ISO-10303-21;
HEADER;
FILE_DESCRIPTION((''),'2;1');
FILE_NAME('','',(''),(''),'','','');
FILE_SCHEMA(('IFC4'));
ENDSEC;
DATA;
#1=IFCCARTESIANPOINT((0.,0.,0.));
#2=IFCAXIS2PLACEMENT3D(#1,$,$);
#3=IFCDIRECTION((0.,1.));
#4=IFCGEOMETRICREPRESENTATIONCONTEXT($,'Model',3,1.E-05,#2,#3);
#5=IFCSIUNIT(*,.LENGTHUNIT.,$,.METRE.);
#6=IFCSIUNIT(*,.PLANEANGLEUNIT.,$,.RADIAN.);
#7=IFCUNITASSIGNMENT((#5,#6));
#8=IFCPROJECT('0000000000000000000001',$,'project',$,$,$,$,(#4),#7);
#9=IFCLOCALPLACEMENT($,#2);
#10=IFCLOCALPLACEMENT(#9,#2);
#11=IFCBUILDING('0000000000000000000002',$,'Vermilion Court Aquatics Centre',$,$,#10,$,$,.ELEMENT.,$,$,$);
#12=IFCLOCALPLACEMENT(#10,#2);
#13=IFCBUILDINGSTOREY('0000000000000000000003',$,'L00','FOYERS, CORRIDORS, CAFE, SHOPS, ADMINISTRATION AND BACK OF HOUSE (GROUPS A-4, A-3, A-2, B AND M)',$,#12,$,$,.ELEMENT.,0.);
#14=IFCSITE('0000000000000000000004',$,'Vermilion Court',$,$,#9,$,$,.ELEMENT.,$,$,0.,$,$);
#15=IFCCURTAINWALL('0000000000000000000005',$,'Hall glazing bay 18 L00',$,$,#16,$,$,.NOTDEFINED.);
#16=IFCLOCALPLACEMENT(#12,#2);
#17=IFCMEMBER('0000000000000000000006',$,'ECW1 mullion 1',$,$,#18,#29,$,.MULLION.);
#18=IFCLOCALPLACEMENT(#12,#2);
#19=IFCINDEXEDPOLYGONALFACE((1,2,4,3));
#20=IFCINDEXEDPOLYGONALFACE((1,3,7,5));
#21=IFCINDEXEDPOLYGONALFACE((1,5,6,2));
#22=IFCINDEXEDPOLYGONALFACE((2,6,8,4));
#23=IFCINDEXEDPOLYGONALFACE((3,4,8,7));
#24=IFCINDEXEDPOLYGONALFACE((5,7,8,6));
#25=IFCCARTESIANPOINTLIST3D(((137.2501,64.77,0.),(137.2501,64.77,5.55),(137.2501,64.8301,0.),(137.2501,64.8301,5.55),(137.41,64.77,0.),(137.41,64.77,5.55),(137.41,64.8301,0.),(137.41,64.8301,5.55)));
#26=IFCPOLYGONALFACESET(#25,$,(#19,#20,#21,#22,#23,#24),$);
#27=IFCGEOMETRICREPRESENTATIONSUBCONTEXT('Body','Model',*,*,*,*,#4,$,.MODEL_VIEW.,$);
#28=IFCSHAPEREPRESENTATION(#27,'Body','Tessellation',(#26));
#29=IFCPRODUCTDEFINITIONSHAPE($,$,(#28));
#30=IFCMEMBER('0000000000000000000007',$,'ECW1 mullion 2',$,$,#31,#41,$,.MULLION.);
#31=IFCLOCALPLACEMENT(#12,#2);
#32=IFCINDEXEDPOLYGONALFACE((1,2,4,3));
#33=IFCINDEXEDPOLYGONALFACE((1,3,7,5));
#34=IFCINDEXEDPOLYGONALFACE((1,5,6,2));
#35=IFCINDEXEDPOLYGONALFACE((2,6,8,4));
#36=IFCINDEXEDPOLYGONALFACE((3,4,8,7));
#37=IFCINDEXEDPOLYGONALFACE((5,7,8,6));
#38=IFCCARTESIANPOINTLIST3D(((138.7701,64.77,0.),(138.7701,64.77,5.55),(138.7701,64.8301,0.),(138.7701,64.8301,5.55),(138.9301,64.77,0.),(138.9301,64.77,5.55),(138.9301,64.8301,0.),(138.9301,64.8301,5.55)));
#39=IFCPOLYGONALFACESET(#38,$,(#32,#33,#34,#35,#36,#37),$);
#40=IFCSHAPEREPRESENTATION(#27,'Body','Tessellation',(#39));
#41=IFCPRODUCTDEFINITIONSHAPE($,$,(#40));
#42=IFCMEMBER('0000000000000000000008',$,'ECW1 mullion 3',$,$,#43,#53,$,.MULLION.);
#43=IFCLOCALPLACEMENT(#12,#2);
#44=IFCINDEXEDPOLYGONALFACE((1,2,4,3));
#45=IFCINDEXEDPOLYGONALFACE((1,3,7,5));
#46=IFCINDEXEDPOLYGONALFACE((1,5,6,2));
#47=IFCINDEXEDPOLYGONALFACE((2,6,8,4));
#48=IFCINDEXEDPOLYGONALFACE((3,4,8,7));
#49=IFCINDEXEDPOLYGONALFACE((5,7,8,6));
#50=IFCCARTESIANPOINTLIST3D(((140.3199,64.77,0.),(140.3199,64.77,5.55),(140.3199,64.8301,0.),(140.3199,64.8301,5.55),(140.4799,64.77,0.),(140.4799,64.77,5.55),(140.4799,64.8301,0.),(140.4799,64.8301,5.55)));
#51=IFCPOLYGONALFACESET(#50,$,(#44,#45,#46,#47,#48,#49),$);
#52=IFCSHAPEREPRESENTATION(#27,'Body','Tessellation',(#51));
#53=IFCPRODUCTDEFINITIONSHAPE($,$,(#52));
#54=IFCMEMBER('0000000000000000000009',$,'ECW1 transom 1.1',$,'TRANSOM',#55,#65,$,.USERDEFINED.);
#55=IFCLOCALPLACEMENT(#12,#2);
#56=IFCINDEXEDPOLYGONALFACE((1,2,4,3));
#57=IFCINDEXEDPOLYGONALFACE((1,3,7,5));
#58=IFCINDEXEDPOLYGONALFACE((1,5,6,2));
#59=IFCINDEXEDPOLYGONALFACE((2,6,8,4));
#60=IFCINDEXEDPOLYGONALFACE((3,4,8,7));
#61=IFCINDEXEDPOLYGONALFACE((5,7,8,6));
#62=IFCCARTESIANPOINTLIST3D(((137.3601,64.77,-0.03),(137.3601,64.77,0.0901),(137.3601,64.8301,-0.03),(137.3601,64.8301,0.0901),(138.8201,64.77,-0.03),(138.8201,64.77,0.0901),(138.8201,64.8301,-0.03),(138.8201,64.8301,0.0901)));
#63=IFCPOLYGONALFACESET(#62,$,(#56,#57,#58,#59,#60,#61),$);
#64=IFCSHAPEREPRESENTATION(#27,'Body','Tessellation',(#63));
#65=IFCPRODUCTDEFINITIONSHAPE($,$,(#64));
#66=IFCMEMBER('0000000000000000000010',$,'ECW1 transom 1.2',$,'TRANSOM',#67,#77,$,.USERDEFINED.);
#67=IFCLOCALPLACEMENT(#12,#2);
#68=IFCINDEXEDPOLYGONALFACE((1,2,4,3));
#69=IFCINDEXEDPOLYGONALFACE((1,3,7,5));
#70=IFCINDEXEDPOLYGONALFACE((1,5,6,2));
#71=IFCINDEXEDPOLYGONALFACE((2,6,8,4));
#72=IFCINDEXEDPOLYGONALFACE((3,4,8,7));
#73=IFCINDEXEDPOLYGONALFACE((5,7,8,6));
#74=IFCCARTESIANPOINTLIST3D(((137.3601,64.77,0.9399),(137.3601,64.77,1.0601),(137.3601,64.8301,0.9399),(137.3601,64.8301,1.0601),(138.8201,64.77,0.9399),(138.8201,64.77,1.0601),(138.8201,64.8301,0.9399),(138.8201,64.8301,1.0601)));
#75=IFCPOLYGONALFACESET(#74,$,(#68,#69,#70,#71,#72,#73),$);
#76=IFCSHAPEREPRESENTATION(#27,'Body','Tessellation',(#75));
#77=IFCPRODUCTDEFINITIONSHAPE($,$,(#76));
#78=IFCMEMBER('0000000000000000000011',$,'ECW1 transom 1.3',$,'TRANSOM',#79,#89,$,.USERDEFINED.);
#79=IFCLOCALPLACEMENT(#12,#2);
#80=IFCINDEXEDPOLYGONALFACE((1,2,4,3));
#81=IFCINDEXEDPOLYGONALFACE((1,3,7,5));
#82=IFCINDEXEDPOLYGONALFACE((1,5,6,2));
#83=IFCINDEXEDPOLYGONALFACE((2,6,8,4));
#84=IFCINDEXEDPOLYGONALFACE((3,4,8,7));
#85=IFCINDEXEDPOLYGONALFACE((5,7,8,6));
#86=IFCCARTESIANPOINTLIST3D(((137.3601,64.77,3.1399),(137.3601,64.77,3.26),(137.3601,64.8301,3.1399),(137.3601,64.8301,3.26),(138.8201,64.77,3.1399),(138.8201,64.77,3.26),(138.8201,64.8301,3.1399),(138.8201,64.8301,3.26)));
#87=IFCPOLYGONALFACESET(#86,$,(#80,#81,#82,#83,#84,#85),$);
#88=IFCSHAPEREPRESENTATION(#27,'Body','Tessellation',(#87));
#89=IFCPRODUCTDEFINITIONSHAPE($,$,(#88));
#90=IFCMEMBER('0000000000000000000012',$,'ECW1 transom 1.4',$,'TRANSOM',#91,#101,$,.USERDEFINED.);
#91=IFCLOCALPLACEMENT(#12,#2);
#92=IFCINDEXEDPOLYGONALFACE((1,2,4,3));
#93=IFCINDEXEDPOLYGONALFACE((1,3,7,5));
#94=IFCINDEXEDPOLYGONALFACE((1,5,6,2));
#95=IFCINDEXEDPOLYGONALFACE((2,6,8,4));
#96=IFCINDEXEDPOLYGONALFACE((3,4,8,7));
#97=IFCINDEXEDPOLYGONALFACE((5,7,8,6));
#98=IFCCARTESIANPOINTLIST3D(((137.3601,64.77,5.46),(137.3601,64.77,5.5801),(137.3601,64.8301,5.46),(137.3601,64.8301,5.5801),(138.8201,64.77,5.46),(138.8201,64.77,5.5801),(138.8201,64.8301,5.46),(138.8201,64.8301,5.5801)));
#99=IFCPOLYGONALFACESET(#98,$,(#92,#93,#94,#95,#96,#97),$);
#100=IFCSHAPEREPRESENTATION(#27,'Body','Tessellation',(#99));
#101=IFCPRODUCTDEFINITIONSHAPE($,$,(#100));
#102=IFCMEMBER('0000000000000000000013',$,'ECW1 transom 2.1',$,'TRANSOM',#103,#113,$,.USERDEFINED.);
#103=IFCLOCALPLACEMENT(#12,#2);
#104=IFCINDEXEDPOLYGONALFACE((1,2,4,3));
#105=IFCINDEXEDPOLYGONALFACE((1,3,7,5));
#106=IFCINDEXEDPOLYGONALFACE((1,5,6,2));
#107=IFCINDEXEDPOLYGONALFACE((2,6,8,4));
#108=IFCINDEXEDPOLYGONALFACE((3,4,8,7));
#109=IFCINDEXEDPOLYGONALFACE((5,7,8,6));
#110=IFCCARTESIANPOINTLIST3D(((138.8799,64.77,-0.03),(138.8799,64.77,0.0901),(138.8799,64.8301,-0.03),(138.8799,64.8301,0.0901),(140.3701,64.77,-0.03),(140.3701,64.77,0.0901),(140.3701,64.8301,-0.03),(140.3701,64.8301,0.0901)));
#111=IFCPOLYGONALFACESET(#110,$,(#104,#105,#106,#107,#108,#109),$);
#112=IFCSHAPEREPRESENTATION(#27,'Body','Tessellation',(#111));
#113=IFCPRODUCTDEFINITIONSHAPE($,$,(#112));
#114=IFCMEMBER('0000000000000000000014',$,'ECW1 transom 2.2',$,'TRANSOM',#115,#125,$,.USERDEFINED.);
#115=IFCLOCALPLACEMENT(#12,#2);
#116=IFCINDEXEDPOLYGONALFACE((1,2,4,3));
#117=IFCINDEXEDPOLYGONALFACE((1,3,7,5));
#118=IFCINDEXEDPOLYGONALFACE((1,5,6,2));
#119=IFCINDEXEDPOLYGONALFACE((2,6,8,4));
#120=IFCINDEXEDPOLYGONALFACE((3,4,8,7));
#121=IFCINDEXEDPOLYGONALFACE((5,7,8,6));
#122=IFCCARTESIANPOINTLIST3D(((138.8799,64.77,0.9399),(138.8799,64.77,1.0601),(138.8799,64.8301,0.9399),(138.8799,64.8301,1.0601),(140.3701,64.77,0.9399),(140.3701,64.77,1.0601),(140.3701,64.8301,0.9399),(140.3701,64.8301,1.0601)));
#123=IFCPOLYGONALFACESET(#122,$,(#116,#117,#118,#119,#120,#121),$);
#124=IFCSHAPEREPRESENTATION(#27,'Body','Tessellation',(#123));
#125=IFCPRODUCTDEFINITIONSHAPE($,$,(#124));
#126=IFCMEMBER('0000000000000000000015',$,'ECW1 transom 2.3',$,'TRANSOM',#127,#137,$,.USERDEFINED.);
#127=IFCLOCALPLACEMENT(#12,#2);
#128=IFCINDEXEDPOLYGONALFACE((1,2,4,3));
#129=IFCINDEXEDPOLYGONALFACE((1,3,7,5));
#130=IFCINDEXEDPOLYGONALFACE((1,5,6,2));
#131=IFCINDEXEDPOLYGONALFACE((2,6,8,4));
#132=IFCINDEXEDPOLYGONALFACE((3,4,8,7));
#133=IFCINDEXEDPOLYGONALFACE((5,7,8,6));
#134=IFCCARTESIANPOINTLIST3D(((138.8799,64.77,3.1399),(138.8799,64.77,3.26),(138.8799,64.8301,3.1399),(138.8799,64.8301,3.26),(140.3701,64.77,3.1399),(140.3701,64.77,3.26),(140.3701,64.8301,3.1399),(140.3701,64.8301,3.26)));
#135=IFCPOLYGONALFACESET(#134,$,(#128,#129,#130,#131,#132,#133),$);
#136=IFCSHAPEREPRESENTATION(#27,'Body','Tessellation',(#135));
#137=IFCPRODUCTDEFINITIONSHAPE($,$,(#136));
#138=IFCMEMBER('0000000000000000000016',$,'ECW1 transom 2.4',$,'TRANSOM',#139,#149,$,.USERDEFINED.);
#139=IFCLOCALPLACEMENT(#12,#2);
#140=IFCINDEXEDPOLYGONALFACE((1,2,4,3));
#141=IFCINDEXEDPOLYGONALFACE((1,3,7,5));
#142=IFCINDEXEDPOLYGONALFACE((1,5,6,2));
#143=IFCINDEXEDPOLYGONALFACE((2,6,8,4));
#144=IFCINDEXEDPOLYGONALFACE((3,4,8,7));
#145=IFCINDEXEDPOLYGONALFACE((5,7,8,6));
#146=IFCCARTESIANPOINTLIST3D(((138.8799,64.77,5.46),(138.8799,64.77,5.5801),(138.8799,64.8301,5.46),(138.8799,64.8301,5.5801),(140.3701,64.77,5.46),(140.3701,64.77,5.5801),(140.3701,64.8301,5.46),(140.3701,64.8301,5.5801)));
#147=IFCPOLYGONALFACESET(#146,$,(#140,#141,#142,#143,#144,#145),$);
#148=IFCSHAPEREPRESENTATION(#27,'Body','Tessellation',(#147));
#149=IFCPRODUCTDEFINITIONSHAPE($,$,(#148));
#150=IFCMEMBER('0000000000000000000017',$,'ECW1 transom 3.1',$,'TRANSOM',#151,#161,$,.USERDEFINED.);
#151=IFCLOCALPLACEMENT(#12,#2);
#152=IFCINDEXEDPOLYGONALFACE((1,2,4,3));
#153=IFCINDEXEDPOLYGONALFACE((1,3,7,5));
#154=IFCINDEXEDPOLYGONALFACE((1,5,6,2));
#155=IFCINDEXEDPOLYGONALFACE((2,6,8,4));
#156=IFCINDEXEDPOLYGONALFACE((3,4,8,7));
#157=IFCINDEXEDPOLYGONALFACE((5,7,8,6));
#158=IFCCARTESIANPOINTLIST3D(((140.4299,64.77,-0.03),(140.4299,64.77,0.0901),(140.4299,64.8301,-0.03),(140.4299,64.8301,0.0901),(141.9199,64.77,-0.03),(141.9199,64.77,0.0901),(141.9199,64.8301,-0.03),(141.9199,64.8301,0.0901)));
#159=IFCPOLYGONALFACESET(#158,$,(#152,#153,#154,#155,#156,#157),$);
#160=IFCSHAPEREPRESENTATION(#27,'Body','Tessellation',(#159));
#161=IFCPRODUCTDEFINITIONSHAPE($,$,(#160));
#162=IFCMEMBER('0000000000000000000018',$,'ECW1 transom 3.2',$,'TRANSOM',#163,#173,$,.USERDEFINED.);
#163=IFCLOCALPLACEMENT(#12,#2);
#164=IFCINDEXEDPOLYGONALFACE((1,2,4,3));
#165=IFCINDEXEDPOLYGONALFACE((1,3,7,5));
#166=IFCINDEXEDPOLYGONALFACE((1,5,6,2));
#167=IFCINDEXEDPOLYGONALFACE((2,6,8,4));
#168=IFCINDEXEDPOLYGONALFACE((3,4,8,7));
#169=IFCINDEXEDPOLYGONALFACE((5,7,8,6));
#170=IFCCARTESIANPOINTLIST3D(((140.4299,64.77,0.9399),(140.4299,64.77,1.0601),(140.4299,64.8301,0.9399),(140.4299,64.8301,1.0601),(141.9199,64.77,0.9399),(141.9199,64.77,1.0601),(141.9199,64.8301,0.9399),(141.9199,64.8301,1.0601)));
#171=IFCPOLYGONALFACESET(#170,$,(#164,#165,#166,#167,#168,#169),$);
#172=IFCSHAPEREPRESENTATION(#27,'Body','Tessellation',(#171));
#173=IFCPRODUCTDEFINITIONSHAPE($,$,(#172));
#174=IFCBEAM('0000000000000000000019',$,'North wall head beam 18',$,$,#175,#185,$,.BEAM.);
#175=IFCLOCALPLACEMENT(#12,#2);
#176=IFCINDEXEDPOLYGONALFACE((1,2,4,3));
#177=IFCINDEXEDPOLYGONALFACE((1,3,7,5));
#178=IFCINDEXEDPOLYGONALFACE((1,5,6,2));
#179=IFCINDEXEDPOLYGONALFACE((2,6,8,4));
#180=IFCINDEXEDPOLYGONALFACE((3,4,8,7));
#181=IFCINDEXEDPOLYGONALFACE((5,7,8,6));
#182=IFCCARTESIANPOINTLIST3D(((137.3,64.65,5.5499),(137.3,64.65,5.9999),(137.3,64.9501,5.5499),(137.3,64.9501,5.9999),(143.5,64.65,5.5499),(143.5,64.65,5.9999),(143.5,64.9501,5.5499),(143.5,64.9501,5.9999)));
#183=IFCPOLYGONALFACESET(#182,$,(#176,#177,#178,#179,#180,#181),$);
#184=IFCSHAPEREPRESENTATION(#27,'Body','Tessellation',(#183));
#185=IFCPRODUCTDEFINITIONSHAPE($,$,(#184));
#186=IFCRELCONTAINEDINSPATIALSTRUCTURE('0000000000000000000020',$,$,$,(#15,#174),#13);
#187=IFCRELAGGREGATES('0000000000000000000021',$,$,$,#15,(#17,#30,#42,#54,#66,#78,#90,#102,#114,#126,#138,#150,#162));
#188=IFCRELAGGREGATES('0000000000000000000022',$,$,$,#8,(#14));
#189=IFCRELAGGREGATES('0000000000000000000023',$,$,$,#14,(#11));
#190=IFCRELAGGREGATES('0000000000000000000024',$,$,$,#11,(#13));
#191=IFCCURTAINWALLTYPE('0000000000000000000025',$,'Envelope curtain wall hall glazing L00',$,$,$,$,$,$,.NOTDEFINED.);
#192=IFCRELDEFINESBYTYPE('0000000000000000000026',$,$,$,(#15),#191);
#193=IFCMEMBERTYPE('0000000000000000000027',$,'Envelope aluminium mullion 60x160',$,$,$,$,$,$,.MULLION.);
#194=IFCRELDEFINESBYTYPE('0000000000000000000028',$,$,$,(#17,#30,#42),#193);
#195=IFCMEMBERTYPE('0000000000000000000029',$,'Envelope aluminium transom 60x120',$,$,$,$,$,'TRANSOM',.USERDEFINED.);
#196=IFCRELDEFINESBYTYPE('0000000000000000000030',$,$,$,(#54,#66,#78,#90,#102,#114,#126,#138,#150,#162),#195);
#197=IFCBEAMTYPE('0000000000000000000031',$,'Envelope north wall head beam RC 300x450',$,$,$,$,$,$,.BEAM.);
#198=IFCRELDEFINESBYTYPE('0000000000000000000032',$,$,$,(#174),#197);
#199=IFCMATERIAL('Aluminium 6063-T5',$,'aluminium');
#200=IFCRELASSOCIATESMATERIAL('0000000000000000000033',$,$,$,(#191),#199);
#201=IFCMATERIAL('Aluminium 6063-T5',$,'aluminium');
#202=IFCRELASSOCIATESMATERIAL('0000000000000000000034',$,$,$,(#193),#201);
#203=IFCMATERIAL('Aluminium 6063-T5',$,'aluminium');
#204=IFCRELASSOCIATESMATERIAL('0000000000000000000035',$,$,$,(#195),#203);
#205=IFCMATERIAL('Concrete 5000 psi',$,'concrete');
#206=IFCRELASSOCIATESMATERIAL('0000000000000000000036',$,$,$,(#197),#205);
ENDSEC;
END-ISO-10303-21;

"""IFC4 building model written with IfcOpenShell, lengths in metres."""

from ifc_helpers import new_model, si_unit, direction, frame, origin, origin_2d, place, context, subcontext, project, spatial, rectangle, extrude, material, material_profile, profile_set, type_object, element, aggregate, save


model = new_model("IFC4")

# Units and contexts
model_context = context("Model", 3, precision=1e-05, world=origin(), true_north=direction((0.0, 1.0)))
body_context = subcontext(model_context, "Body", "Model", "MODEL_VIEW")
ifc_project = project(units=[si_unit("LENGTHUNIT", "METRE"), si_unit("PLANEANGLEUNIT", "RADIAN")], contexts=[model_context])

# Site, building, storey
site_placement = place(None, origin())
site = spatial("IfcSite", under=ifc_project, at=site_placement, Name="Vermilion Court", CompositionType="ELEMENT", RefElevation=0.0)
building_placement = place(site_placement, origin())
building = spatial("IfcBuilding", under=site, at=building_placement, Name="Vermilion Court Aquatics Centre", CompositionType="ELEMENT")
storey_placement = place(building_placement, origin())
storey = spatial("IfcBuildingStorey", under=building, at=storey_placement, Name="L00", Description="FOYERS, CORRIDORS, CAFE, SHOPS, ADMINISTRATION AND BACK OF HOUSE (GROUPS A-4, A-3, A-2, B AND M)", CompositionType="ELEMENT", Elevation=0.0)

# Curtain wall, members
ifc_material_1 = material(Name="Aluminium 6063-T5", Category="aluminium")
curtain_wall_type = type_object("IfcCurtainWallType", Name="Envelope curtain wall hall glazing L00", PredefinedType="NOTDEFINED", material=ifc_material_1)
curtain_wall_placement = place(storey_placement, origin())
curtain_wall = element("IfcCurtainWall", 1, at=curtain_wall_placement, inside=storey, type_object=curtain_wall_type, Name="Hall glazing bay 18 L00", PredefinedType="NOTDEFINED")
ifc_material_2 = material(Name="Aluminium 6063-T5", Category="aluminium")
ifc_material_profile_1 = material_profile(ifc_material_2, rectangle(XDim=0.0601, YDim=0.1599, at=origin_2d()), Name="AL 60x160")
ifc_profile_set_1 = profile_set([ifc_material_profile_1], Name="Aluminium 6063-T5")
member_type_1 = type_object("IfcMemberType", Name="Envelope aluminium mullion 60x160", PredefinedType="MULLION", material=ifc_profile_set_1)
member_1_placement = place(storey_placement, frame((137.3301, 64.8, 0.0), z_axis=(0.0, 0.0, 1.0), x_axis=(0.0, 1.0, 0.0)))
member_1 = element("IfcMember", 2, at=member_1_placement, type_object=member_type_1, Name="ECW1 mullion 1", PredefinedType="MULLION", context=body_context, shape_type="SweptSolid", body=[
    extrude(rectangle(XDim=0.0601, YDim=0.1599, at=origin_2d()), origin(), (0.0, 0.0, 1.0), 5.55),
])
member_2_placement = place(storey_placement, frame((138.8501, 64.8, 0.0), z_axis=(0.0, 0.0, 1.0), x_axis=(0.0, 1.0, 0.0)))
member_2 = element("IfcMember", 3, at=member_2_placement, type_object=member_type_1, Name="ECW1 mullion 2", PredefinedType="MULLION", context=body_context, shape_type="SweptSolid", body=[
    extrude(rectangle(XDim=0.0601, YDim=0.1599, at=origin_2d()), origin(), (0.0, 0.0, 1.0), 5.55),
])
member_3_placement = place(storey_placement, frame((140.3999, 64.8, 0.0), z_axis=(0.0, 0.0, 1.0), x_axis=(0.0, 1.0, 0.0)))
member_3 = element("IfcMember", 4, at=member_3_placement, type_object=member_type_1, Name="ECW1 mullion 3", PredefinedType="MULLION", context=body_context, shape_type="SweptSolid", body=[
    extrude(rectangle(XDim=0.0601, YDim=0.1599, at=origin_2d()), origin(), (0.0, 0.0, 1.0), 5.55),
])
ifc_material_3 = material(Name="Aluminium 6063-T5", Category="aluminium")
ifc_material_profile_2 = material_profile(ifc_material_3, rectangle(XDim=0.0601, YDim=0.1201, at=origin_2d()), Name="AL 60x120")
ifc_profile_set_2 = profile_set([ifc_material_profile_2], Name="Aluminium 6063-T5")
member_type_2 = type_object("IfcMemberType", Name="Envelope aluminium transom 60x120", ElementType="TRANSOM", PredefinedType="USERDEFINED", material=ifc_profile_set_2)
member_4_placement = place(storey_placement, frame((137.3601, 64.8, 0.03), z_axis=(1.0, 0.0, 0.0), x_axis=(0.0, 1.0, 0.0)))
member_4 = element("IfcMember", 5, at=member_4_placement, type_object=member_type_2, Name="ECW1 transom 1.1", ObjectType="TRANSOM", PredefinedType="USERDEFINED", context=body_context, shape_type="SweptSolid", body=[
    extrude(rectangle(XDim=0.0601, YDim=0.1201, at=origin_2d()), origin(), (0.0, 0.0, 1.0), 1.46),
])
member_5_placement = place(storey_placement, frame((137.3601, 64.8, 1.0), z_axis=(1.0, 0.0, 0.0), x_axis=(0.0, 1.0, 0.0)))
member_5 = element("IfcMember", 6, at=member_5_placement, type_object=member_type_2, Name="ECW1 transom 1.2", ObjectType="TRANSOM", PredefinedType="USERDEFINED", context=body_context, shape_type="SweptSolid", body=[
    extrude(rectangle(XDim=0.0601, YDim=0.1201, at=origin_2d()), origin(), (0.0, 0.0, 1.0), 1.46),
])
member_6_placement = place(storey_placement, frame((137.3601, 64.8, 3.2), z_axis=(1.0, 0.0, 0.0), x_axis=(0.0, 1.0, 0.0)))
member_6 = element("IfcMember", 7, at=member_6_placement, type_object=member_type_2, Name="ECW1 transom 1.3", ObjectType="TRANSOM", PredefinedType="USERDEFINED", context=body_context, shape_type="SweptSolid", body=[
    extrude(rectangle(XDim=0.0601, YDim=0.1201, at=origin_2d()), origin(), (0.0, 0.0, 1.0), 1.46),
])
member_7_placement = place(storey_placement, frame((137.3601, 64.8, 5.52), z_axis=(1.0, 0.0, 0.0), x_axis=(0.0, 1.0, 0.0)))
member_7 = element("IfcMember", 8, at=member_7_placement, type_object=member_type_2, Name="ECW1 transom 1.4", ObjectType="TRANSOM", PredefinedType="USERDEFINED", context=body_context, shape_type="SweptSolid", body=[
    extrude(rectangle(XDim=0.0601, YDim=0.1201, at=origin_2d()), origin(), (0.0, 0.0, 1.0), 1.46),
])
member_8_placement = place(storey_placement, frame((138.8799, 64.8, 0.03), z_axis=(1.0, 0.0, 0.0), x_axis=(0.0, 1.0, 0.0)))
member_8 = element("IfcMember", 9, at=member_8_placement, type_object=member_type_2, Name="ECW1 transom 2.1", ObjectType="TRANSOM", PredefinedType="USERDEFINED", context=body_context, shape_type="SweptSolid", body=[
    extrude(rectangle(XDim=0.0601, YDim=0.1201, at=origin_2d()), origin(), (0.0, 0.0, 1.0), 1.4902),
])
member_9_placement = place(storey_placement, frame((138.8799, 64.8, 1.0), z_axis=(1.0, 0.0, 0.0), x_axis=(0.0, 1.0, 0.0)))
member_9 = element("IfcMember", 10, at=member_9_placement, type_object=member_type_2, Name="ECW1 transom 2.2", ObjectType="TRANSOM", PredefinedType="USERDEFINED", context=body_context, shape_type="SweptSolid", body=[
    extrude(rectangle(XDim=0.0601, YDim=0.1201, at=origin_2d()), origin(), (0.0, 0.0, 1.0), 1.4902),
])
member_10_placement = place(storey_placement, frame((138.8799, 64.8, 3.2), z_axis=(1.0, 0.0, 0.0), x_axis=(0.0, 1.0, 0.0)))
member_10 = element("IfcMember", 11, at=member_10_placement, type_object=member_type_2, Name="ECW1 transom 2.3", ObjectType="TRANSOM", PredefinedType="USERDEFINED", context=body_context, shape_type="SweptSolid", body=[
    extrude(rectangle(XDim=0.0601, YDim=0.1201, at=origin_2d()), origin(), (0.0, 0.0, 1.0), 1.4902),
])
member_11_placement = place(storey_placement, frame((138.8799, 64.8, 5.52), z_axis=(1.0, 0.0, 0.0), x_axis=(0.0, 1.0, 0.0)))
member_11 = element("IfcMember", 12, at=member_11_placement, type_object=member_type_2, Name="ECW1 transom 2.4", ObjectType="TRANSOM", PredefinedType="USERDEFINED", context=body_context, shape_type="SweptSolid", body=[
    extrude(rectangle(XDim=0.0601, YDim=0.1201, at=origin_2d()), origin(), (0.0, 0.0, 1.0), 1.4902),
])
member_12_placement = place(storey_placement, frame((140.4299, 64.8, 0.03), z_axis=(1.0, 0.0, 0.0), x_axis=(0.0, 1.0, 0.0)))
member_12 = element("IfcMember", 13, at=member_12_placement, type_object=member_type_2, Name="ECW1 transom 3.1", ObjectType="TRANSOM", PredefinedType="USERDEFINED", context=body_context, shape_type="SweptSolid", body=[
    extrude(rectangle(XDim=0.0601, YDim=0.1201, at=origin_2d()), origin(), (0.0, 0.0, 1.0), 1.49),
])
member_13_placement = place(storey_placement, frame((140.4299, 64.8, 1.0), z_axis=(1.0, 0.0, 0.0), x_axis=(0.0, 1.0, 0.0)))
member_13 = element("IfcMember", 14, at=member_13_placement, type_object=member_type_2, Name="ECW1 transom 3.2", ObjectType="TRANSOM", PredefinedType="USERDEFINED", context=body_context, shape_type="SweptSolid", body=[
    extrude(rectangle(XDim=0.0601, YDim=0.1201, at=origin_2d()), origin(), (0.0, 0.0, 1.0), 1.49),
])

# Beam
ifc_material_4 = material(Name="Concrete 5000 psi", Category="concrete")
ifc_material_profile_3 = material_profile(ifc_material_4, rectangle(XDim=0.3, YDim=0.45, at=origin_2d()), Name="RC 300x450")
ifc_profile_set_3 = profile_set([ifc_material_profile_3], Name="Concrete 5000 psi")
beam_type = type_object("IfcBeamType", Name="Envelope north wall head beam RC 300x450", PredefinedType="BEAM", material=ifc_profile_set_3)
beam_placement = place(storey_placement, frame((137.3, 64.8, 5.7749), z_axis=(1.0, 0.0, 0.0), x_axis=(0.0, 1.0, 0.0)))
element("IfcBeam", 15, at=beam_placement, inside=storey, type_object=beam_type, Name="North wall head beam 18", PredefinedType="BEAM", context=body_context, shape_type="SweptSolid", body=[
    extrude(rectangle(XDim=0.3, YDim=0.45, at=origin_2d()), origin(), (0.0, 0.0, 1.0), 6.2),
])

aggregate(curtain_wall, [member_1, member_2, member_3, member_4, member_5, member_6, member_7, member_8, member_9, member_10, member_11, member_12, member_13])

save(model, "model.ifc")
